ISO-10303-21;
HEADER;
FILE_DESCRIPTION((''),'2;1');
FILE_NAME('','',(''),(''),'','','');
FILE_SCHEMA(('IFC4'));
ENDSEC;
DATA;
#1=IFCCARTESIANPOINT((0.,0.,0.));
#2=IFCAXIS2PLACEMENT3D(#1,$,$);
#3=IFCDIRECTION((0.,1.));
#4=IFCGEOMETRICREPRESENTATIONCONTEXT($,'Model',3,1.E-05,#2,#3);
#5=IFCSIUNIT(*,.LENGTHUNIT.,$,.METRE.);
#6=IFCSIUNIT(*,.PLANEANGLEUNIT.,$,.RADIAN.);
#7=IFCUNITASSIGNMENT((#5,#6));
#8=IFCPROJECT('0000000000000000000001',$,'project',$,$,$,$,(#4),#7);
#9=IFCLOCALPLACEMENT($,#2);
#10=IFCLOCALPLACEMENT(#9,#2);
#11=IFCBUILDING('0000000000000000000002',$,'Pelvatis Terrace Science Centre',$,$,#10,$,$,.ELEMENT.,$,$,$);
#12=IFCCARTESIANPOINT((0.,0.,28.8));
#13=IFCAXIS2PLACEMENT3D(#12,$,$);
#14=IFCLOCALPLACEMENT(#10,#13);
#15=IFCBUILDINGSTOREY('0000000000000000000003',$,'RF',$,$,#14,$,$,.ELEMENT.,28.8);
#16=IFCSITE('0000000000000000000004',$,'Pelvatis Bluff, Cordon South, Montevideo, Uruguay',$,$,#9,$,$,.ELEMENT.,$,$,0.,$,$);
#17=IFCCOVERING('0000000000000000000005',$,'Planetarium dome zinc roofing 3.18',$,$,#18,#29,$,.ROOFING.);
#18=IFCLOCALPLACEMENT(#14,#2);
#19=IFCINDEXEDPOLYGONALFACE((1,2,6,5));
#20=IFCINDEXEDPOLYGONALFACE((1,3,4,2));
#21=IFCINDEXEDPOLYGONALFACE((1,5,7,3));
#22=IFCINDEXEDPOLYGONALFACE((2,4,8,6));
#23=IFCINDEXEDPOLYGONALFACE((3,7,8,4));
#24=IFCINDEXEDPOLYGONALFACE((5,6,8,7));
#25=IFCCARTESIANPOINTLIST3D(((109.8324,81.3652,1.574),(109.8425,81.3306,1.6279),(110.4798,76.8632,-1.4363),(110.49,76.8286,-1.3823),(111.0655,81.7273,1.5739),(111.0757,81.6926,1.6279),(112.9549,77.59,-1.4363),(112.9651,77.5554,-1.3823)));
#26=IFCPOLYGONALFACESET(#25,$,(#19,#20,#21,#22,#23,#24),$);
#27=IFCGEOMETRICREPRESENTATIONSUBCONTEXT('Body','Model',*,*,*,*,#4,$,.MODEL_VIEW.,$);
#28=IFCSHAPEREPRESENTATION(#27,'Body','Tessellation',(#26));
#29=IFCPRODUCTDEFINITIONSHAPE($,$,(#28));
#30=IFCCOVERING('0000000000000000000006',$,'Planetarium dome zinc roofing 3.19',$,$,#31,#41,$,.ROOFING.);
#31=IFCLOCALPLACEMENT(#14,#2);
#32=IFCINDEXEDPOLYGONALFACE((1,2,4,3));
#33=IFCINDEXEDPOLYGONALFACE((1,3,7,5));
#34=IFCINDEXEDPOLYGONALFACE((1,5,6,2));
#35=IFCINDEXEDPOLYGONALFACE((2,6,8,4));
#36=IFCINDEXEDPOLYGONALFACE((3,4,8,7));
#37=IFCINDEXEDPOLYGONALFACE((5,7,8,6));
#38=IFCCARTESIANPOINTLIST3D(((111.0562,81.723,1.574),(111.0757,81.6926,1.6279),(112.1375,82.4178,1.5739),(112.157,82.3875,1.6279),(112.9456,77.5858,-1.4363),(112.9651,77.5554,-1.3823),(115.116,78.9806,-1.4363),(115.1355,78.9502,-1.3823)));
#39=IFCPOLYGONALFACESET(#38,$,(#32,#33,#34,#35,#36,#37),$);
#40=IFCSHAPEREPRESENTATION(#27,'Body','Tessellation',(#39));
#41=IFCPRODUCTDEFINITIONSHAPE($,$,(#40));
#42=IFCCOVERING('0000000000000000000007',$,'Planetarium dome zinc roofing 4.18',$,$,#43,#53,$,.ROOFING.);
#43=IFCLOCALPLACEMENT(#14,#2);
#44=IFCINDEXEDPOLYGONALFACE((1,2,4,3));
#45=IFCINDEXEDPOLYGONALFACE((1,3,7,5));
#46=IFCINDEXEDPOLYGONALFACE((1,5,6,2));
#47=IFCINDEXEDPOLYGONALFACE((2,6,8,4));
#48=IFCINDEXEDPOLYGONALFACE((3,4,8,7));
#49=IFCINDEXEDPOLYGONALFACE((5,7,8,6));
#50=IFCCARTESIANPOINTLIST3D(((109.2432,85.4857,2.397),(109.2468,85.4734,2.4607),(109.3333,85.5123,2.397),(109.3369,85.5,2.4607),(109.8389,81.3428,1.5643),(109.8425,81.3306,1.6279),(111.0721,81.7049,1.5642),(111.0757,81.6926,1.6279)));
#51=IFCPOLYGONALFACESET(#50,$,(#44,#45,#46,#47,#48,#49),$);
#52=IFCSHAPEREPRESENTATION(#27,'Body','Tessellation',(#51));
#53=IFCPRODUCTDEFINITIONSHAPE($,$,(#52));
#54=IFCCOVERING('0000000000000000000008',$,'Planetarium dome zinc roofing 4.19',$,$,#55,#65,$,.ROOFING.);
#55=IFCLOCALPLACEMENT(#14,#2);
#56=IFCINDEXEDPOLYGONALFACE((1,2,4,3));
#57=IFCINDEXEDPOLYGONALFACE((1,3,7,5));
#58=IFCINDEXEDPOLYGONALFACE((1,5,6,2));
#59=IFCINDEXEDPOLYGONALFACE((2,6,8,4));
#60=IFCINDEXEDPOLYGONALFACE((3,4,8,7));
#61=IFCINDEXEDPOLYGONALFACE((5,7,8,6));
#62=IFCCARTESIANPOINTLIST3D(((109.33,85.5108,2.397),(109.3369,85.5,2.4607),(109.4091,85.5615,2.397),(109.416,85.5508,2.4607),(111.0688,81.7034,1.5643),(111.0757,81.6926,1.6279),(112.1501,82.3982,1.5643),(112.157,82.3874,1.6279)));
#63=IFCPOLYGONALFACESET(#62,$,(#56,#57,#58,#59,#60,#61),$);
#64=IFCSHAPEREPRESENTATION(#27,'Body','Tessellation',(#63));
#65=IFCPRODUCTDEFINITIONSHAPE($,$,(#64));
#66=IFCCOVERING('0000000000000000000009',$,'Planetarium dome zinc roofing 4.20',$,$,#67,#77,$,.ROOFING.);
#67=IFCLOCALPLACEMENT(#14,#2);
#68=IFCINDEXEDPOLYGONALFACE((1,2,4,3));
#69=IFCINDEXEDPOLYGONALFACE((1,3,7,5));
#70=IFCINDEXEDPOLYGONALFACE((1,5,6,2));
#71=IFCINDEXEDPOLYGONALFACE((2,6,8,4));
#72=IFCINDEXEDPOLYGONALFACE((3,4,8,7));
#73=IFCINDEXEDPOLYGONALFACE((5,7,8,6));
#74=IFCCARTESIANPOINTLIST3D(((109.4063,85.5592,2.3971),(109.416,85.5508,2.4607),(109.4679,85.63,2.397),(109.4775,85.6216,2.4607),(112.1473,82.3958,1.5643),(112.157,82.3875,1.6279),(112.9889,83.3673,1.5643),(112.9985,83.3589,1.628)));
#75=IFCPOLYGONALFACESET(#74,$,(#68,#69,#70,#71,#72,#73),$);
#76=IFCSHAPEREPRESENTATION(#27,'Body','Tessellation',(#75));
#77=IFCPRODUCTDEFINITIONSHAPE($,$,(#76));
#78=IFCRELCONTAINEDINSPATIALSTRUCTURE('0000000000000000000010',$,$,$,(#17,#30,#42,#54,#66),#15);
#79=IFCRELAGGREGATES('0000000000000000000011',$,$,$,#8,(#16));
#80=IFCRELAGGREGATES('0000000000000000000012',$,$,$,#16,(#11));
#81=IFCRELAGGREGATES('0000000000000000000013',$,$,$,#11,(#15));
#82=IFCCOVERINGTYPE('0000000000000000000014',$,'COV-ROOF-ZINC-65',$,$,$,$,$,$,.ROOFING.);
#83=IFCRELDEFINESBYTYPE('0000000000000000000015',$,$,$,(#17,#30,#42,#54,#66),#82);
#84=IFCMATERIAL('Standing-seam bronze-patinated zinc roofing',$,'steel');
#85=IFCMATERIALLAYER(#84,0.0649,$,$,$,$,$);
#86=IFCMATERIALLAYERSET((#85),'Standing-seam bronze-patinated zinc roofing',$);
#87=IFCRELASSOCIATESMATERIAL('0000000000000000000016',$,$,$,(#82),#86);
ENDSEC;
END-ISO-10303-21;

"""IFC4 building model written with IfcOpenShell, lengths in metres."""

from ifc_helpers import new_model, si_unit, direction, frame, origin, place, context, subcontext, project, spatial, polyline, outline, extrude, material, layer, layer_set, type_object, element, save


model = new_model("IFC4")

# Units and contexts
model_context = context("Model", 3, precision=1e-05, world=origin(), true_north=direction((0.0, 1.0)))
body_context = subcontext(model_context, "Body", "Model", "MODEL_VIEW")
ifc_project = project(units=[si_unit("LENGTHUNIT", "METRE"), si_unit("PLANEANGLEUNIT", "RADIAN")], contexts=[model_context])

# Site, building, storey
site_placement = place(None, origin())
site = spatial("IfcSite", under=ifc_project, at=site_placement, Name="Pelvatis Bluff, Cordon South, Montevideo, Uruguay", CompositionType="ELEMENT", RefElevation=0.0)
building_placement = place(site_placement, origin())
building = spatial("IfcBuilding", under=site, at=building_placement, Name="Pelvatis Terrace Science Centre", CompositionType="ELEMENT")
storey_placement = place(building_placement, frame((0.0, 0.0, 28.8)))
storey = spatial("IfcBuildingStorey", under=building, at=storey_placement, Name="RF", CompositionType="ELEMENT", Elevation=28.8)

# Coverings
ifc_material_1 = material(Name="Standing-seam bronze-patinated zinc roofing", Category="steel")
ifc_layer_1 = layer(ifc_material_1, 0.0649)
ifc_layer_set_1 = layer_set([ifc_layer_1], Name="Standing-seam bronze-patinated zinc roofing")
covering_type = type_object("IfcCoveringType", Name="COV-ROOF-ZINC-65", PredefinedType="ROOFING", material=ifc_layer_set_1)
covering_1_placement = place(storey_placement, frame((110.49, 76.8286, -1.3823), z_axis=(0.156603, -0.533326, 0.831287), x_axis=(0.959489, 0.281747, 0.000006)))
element("IfcCovering", 1, at=covering_1_placement, inside=storey, type_object=covering_type, Name="Planetarium dome zinc roofing 3.18", PredefinedType="ROOFING", context=body_context, shape_type="SweptSolid", body=[
    extrude(outline(polyline([(0.0, 0.0), (2.5796, 0.0), (1.9324, 5.4156), (0.6472, 5.4157), (0.0, 0.0)])), origin(), (0.0, 0.0, -1.0), 0.0649),
])
covering_2_placement = place(storey_placement, frame((112.9651, 77.5554, -1.3823), z_axis=(0.300499, -0.467618, 0.831285), x_axis=(0.841266, 0.540621, 0.000005)))
element("IfcCovering", 2, at=covering_2_placement, inside=storey, type_object=covering_type, Name="Planetarium dome zinc roofing 3.19", PredefinedType="ROOFING", context=body_context, shape_type="SweptSolid", body=[
    extrude(outline(polyline([(0.0, 0.0), (2.5799, 0.0), (1.9325, 5.4156), (0.6472, 5.4156), (0.0, 0.0)])), origin(), (0.0, 0.0, -1.0), 0.0649),
])
covering_3_placement = place(storey_placement, frame((109.8425, 81.3306, 1.6279), z_axis=(0.055538, -0.189079, 0.98039), x_axis=(0.959497, 0.281718, -0.000022)))
element("IfcCovering", 3, at=covering_3_placement, inside=storey, type_object=covering_type, Name="Planetarium dome zinc roofing 4.18", PredefinedType="ROOFING", context=body_context, shape_type="SweptSolid", body=[
    extrude(outline(polyline([(0.0, 0.0), (1.2852, 0.0), (0.6894, 4.2259), (0.5955, 4.2257), (0.0, 0.0)])), origin(), (0.0, 0.0, -1.0), 0.0649),
])
covering_4_placement = place(storey_placement, frame((111.0757, 81.6926, 1.6279), z_axis=(0.106526, -0.165788, 0.980391), x_axis=(0.841284, 0.540593, 0.000006)))
element("IfcCovering", 4, at=covering_4_placement, inside=storey, type_object=covering_type, Name="Planetarium dome zinc roofing 4.19", PredefinedType="ROOFING", context=body_context, shape_type="SweptSolid", body=[
    extrude(outline(polyline([(0.0, 0.0), (1.2853, 0.0), (0.6894, 4.2259), (0.5954, 4.2259), (0.0, 0.0)])), origin(), (0.0, 0.0, -1.0), 0.0649),
])
covering_5_placement = place(storey_placement, frame((112.157, 82.3875, 1.6279), z_axis=(0.148937, -0.12905, 0.98039), x_axis=(0.654774, 0.755824, 0.00002)))
element("IfcCovering", 5, at=covering_5_placement, inside=storey, type_object=covering_type, Name="Planetarium dome zinc roofing 4.20", PredefinedType="ROOFING", context=body_context, shape_type="SweptSolid", body=[
    extrude(outline(polyline([(0.0, 0.0), (1.2853, 0.0), (0.69, 4.2257), (0.5962, 4.2258), (0.0, 0.0)])), origin(), (0.0, 0.0, -1.0), 0.0649),
])

save(model, "model.ifc")
